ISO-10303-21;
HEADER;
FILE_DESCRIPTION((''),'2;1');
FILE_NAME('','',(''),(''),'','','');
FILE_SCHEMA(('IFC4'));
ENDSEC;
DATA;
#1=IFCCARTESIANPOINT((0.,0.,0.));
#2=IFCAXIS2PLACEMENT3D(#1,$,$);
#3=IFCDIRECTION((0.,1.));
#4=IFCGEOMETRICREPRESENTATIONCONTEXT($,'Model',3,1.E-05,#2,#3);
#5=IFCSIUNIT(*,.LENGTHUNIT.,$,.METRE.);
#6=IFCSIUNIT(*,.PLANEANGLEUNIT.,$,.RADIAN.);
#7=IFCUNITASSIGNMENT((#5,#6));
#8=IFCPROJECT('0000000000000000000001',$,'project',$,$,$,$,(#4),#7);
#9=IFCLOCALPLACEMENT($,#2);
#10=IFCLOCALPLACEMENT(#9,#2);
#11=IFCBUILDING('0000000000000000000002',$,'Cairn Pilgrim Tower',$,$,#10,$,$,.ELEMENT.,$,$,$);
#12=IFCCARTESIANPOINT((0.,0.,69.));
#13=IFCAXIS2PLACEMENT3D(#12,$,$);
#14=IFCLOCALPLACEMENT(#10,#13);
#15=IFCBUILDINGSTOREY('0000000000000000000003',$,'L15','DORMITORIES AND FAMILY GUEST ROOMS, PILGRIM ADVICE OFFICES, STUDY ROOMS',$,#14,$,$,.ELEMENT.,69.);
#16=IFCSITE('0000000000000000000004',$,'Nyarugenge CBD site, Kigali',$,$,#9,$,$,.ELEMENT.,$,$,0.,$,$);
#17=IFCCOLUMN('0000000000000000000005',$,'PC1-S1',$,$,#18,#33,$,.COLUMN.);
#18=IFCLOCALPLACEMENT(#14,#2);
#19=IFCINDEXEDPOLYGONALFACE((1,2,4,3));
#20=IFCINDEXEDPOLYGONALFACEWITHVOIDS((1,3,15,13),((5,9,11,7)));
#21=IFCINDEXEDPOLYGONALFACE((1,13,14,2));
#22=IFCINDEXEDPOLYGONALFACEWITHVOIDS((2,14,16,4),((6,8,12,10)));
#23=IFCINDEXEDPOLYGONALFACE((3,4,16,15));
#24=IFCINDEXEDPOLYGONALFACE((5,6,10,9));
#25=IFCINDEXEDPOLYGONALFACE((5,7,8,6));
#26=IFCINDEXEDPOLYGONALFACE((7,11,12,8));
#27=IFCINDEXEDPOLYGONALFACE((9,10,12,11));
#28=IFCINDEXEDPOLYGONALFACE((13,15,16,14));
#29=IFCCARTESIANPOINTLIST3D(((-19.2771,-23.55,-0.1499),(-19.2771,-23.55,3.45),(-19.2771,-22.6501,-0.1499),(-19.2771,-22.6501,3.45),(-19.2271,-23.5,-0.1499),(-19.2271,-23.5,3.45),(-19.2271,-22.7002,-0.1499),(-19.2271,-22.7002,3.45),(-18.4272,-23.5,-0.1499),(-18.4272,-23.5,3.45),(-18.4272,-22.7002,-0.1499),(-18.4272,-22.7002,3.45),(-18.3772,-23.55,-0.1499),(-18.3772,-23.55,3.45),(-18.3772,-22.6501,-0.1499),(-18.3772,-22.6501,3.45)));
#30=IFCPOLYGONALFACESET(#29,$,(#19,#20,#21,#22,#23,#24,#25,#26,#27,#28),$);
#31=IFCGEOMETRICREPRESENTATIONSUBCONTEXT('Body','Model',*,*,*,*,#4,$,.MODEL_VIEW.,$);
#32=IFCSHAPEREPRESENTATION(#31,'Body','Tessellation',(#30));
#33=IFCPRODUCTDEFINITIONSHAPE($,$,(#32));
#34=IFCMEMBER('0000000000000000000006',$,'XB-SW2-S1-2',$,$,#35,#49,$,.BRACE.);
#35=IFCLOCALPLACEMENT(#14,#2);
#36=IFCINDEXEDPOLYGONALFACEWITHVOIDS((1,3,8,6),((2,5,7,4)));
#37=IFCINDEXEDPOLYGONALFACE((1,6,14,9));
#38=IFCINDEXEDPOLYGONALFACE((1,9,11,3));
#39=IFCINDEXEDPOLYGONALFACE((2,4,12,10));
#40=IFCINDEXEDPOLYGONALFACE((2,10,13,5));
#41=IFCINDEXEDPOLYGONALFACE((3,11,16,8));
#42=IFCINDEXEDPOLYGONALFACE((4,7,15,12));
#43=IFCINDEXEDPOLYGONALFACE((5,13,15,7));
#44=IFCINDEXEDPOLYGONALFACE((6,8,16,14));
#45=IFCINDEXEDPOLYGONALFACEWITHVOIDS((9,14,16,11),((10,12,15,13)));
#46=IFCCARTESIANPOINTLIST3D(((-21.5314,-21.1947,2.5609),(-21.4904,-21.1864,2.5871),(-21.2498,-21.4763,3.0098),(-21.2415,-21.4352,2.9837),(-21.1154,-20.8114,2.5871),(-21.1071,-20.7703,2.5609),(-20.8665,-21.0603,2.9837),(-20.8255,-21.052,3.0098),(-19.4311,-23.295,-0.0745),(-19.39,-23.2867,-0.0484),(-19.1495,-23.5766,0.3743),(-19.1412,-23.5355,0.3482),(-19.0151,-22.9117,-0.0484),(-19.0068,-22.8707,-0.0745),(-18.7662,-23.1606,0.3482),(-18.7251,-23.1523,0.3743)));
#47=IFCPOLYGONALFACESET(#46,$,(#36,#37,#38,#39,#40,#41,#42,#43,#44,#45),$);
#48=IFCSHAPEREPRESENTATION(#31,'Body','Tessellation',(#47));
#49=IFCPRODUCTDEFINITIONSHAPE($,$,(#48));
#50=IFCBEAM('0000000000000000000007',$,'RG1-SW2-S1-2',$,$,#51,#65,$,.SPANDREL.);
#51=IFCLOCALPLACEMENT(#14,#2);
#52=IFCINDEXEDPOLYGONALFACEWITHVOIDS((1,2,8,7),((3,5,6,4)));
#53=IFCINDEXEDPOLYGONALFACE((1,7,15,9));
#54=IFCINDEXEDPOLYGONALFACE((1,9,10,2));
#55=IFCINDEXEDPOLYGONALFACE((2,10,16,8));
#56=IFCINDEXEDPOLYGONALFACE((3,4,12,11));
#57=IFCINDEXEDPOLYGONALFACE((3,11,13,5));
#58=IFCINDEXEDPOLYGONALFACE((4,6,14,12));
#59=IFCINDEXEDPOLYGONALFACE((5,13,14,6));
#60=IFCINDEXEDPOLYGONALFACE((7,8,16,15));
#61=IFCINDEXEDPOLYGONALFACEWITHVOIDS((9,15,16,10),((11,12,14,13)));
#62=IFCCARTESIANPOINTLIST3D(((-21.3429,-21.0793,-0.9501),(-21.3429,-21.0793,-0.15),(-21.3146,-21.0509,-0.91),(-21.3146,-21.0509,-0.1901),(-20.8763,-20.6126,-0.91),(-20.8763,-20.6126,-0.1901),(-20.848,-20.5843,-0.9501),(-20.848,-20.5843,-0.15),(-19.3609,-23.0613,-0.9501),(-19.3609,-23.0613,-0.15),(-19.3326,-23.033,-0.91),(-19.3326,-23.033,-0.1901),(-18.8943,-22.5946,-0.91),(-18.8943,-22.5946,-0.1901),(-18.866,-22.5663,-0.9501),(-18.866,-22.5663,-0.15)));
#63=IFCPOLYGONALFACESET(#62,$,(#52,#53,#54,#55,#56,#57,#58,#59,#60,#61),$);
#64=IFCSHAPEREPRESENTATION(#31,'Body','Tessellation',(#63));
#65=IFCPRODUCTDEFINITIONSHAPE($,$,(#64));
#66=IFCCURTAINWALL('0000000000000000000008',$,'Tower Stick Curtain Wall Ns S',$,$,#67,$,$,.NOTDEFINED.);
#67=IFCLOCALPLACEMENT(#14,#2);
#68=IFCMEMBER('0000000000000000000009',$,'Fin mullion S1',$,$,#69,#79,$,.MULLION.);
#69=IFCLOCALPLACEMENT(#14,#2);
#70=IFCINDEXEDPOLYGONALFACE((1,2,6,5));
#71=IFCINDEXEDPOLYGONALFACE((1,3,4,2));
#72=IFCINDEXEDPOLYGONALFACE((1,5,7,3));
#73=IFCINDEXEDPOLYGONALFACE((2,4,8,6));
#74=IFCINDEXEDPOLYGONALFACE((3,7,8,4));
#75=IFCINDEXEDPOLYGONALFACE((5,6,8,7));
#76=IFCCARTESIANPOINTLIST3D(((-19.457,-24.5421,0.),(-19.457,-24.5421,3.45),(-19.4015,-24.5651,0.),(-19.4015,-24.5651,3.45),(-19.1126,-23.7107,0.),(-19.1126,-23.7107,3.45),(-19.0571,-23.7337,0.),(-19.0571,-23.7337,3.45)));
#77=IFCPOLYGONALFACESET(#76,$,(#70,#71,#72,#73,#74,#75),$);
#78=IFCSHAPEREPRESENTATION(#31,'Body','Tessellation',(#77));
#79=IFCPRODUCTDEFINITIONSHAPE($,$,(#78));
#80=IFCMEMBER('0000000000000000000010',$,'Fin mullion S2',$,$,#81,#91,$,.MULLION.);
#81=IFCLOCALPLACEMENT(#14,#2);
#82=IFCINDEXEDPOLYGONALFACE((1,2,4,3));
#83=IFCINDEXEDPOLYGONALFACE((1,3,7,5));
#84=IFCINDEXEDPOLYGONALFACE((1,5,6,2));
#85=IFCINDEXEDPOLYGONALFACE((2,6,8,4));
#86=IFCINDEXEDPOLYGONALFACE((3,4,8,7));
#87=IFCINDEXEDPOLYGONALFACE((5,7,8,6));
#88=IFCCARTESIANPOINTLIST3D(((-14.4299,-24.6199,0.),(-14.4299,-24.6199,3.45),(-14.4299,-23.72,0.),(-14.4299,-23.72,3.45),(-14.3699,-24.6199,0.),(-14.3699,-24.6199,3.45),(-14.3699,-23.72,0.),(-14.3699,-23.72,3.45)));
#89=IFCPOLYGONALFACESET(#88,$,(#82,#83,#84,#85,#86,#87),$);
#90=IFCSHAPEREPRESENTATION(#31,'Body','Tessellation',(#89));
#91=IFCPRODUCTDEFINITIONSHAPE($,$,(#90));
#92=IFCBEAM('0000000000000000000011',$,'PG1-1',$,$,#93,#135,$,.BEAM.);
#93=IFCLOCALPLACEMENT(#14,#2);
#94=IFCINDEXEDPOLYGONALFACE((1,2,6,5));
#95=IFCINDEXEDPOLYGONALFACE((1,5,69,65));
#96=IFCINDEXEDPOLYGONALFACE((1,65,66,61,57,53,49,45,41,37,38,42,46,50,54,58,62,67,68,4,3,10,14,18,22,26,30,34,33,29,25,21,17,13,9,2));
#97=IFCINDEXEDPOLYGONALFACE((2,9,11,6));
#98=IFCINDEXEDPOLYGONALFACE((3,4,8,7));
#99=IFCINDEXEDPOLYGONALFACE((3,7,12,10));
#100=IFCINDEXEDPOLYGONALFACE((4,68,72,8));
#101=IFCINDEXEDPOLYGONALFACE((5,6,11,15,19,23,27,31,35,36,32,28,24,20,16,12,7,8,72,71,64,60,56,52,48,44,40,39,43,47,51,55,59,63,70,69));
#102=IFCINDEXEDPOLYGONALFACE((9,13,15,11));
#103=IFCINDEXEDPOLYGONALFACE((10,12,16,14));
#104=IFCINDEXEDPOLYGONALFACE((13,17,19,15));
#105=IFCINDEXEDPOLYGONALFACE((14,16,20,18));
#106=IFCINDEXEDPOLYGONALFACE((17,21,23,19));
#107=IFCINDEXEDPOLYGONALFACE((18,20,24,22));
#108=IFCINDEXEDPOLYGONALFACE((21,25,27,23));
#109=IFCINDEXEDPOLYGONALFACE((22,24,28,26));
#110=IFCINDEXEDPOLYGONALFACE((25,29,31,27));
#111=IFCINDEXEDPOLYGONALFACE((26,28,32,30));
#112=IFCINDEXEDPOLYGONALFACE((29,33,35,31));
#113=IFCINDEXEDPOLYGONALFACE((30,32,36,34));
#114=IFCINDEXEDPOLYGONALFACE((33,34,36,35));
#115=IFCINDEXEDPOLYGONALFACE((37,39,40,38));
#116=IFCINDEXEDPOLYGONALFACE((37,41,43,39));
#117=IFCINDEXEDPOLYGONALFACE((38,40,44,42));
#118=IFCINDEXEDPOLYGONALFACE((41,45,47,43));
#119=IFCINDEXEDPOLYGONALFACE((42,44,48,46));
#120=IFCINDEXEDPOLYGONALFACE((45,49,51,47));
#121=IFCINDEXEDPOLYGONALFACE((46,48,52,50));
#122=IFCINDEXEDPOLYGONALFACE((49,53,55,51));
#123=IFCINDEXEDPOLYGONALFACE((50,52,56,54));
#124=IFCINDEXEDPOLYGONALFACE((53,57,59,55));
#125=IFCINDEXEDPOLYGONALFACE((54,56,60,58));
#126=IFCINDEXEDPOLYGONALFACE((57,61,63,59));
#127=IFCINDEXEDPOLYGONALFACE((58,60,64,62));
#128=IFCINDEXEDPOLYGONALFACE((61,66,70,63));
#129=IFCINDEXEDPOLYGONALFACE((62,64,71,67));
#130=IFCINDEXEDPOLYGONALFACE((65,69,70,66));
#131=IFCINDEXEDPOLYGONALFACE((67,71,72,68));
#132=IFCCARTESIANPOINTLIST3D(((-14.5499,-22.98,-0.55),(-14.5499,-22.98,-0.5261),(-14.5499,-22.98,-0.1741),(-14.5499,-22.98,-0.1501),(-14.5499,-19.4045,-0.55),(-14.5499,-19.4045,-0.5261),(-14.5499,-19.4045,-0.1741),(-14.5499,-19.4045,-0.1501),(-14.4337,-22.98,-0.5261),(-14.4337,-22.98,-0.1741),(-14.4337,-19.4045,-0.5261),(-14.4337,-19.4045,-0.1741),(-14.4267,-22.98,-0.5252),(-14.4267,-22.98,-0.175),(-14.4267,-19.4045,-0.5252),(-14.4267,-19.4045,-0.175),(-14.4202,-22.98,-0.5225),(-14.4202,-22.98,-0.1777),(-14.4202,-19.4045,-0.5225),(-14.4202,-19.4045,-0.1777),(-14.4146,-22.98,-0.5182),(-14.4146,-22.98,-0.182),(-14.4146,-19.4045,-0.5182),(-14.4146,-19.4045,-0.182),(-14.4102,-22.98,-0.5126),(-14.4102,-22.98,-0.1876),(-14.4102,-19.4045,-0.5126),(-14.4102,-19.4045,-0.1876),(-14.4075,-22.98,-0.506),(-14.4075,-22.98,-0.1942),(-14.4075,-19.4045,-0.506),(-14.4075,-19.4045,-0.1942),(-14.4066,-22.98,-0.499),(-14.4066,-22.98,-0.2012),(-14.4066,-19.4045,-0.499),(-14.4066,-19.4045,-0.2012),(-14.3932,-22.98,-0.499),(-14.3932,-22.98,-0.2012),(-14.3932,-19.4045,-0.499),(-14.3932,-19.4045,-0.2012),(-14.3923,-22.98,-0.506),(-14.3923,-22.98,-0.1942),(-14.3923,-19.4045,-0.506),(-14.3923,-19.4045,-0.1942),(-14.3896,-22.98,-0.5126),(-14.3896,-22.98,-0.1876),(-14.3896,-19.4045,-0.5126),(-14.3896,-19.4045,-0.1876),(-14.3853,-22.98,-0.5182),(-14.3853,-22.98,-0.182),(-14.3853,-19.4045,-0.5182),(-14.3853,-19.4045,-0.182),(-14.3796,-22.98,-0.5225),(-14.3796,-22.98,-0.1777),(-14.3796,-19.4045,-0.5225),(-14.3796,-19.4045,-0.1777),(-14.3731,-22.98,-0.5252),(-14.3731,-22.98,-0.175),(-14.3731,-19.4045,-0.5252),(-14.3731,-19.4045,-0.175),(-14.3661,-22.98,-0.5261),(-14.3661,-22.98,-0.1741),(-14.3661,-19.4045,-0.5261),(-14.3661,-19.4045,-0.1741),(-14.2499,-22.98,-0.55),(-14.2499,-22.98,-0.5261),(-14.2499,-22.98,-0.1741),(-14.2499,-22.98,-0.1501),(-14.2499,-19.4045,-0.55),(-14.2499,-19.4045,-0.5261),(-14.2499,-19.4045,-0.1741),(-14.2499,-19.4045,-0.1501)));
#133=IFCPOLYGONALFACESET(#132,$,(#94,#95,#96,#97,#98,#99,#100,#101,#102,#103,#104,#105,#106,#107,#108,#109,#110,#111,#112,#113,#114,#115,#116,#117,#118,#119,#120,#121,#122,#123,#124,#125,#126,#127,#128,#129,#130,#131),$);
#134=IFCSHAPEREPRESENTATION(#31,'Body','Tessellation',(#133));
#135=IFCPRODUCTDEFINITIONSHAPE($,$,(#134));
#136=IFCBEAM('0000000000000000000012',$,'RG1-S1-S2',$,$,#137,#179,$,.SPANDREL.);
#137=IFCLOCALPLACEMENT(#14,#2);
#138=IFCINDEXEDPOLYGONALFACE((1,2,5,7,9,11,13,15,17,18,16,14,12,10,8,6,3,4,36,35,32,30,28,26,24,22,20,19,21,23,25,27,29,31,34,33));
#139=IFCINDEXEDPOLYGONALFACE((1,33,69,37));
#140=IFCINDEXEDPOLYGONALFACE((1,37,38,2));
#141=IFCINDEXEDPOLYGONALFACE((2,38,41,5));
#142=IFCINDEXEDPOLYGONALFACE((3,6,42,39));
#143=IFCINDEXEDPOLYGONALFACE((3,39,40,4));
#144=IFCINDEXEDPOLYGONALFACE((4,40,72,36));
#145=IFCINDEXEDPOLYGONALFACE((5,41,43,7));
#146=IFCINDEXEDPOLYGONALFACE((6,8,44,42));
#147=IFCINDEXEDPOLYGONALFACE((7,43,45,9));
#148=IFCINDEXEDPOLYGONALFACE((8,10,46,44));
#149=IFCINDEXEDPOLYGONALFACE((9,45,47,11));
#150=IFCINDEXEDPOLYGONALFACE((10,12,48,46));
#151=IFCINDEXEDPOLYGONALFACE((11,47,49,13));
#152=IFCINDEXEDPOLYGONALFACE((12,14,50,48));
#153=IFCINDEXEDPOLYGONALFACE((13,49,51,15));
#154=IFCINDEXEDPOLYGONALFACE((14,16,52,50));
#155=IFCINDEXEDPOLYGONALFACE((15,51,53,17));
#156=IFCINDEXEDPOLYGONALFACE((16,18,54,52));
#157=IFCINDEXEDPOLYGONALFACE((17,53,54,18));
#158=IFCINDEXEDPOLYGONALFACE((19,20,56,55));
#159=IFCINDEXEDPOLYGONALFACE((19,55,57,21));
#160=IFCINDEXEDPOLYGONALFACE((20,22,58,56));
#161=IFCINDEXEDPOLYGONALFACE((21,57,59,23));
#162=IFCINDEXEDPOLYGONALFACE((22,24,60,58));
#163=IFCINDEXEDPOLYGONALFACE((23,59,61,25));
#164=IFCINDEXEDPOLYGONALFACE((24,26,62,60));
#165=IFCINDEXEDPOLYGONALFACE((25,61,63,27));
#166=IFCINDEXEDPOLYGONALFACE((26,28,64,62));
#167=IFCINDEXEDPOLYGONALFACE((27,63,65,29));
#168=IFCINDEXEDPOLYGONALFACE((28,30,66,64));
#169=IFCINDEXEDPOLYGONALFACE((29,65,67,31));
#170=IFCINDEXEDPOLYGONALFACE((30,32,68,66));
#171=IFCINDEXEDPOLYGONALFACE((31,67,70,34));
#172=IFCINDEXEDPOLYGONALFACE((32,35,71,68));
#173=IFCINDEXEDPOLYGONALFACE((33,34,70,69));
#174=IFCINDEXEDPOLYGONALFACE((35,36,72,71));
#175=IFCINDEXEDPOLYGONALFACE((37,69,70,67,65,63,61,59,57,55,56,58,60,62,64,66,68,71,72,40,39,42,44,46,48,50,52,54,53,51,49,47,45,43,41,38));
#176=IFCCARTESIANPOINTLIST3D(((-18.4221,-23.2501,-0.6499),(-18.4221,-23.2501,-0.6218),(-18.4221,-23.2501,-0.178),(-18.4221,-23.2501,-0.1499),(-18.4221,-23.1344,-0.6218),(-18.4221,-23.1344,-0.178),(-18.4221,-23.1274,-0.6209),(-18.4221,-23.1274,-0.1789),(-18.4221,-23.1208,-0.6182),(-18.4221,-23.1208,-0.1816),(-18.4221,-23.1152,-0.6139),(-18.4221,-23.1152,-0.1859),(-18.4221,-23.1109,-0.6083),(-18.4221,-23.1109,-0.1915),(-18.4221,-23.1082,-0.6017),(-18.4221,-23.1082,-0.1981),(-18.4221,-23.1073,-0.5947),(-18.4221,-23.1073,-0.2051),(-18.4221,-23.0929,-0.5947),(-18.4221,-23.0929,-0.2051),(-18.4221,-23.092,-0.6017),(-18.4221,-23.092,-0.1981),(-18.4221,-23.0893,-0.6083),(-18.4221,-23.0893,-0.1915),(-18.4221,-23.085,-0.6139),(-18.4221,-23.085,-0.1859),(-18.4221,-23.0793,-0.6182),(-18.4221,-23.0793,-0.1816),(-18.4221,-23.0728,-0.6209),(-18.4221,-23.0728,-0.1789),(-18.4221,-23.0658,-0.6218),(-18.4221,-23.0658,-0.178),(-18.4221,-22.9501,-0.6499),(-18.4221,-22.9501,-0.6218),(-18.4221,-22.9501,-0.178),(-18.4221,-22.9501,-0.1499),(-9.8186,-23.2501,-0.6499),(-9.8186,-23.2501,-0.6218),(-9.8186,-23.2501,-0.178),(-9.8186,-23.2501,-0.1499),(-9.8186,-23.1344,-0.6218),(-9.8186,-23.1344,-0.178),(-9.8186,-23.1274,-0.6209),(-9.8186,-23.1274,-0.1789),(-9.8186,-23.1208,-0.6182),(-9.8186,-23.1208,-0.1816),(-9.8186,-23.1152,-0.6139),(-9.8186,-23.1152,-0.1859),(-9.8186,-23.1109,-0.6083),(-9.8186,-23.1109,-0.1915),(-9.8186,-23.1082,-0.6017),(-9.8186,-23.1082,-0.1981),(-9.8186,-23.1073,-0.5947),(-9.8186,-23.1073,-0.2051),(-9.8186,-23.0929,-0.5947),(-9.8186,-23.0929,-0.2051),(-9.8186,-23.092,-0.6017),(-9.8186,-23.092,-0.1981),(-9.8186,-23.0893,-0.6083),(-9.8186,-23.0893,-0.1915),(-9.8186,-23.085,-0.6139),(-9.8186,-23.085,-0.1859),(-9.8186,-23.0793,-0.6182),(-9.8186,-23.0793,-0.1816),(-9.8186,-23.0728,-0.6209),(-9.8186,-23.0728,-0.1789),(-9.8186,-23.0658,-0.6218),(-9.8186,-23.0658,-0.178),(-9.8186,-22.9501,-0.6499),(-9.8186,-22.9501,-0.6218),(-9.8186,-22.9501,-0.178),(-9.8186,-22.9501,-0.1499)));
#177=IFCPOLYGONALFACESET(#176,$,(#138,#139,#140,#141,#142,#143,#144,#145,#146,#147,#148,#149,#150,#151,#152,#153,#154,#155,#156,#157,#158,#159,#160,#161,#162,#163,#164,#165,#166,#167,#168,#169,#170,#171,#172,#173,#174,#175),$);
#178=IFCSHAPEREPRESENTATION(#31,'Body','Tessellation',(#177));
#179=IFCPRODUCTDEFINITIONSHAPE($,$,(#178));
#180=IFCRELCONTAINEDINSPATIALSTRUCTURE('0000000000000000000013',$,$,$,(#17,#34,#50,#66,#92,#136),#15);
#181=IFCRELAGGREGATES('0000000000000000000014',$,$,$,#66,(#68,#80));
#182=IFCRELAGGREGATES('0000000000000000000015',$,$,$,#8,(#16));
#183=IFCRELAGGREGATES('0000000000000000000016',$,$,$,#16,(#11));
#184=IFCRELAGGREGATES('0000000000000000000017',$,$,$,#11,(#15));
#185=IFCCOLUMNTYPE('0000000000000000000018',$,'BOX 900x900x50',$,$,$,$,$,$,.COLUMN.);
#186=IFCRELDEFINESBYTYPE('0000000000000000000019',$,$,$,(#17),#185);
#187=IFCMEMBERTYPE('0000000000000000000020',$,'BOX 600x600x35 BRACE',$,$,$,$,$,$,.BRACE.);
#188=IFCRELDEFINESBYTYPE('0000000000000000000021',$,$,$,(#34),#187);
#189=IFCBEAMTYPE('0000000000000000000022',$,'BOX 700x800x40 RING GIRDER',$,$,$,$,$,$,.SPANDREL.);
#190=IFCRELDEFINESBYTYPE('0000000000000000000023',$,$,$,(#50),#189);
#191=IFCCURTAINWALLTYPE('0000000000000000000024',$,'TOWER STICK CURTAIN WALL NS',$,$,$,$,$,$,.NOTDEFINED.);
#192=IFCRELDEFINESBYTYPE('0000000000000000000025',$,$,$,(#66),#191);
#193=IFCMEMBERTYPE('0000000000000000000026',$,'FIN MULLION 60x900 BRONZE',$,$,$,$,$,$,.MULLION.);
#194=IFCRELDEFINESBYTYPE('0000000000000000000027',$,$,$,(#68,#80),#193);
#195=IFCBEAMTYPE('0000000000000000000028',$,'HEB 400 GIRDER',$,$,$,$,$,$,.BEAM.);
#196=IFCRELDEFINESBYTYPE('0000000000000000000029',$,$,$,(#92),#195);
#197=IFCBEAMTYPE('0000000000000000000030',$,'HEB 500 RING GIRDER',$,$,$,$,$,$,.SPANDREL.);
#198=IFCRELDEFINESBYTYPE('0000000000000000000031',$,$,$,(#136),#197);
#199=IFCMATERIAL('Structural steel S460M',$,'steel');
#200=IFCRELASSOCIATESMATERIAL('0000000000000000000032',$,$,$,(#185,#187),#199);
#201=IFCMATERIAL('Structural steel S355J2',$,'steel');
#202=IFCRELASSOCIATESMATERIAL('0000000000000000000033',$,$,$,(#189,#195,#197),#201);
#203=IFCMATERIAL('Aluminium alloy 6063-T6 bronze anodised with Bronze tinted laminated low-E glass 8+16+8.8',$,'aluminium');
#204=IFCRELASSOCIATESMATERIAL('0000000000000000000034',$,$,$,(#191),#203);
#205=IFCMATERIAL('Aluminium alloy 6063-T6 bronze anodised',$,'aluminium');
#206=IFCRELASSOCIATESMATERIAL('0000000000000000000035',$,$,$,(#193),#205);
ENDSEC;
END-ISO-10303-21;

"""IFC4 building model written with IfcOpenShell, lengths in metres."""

from ifc_helpers import new_model, si_unit, direction, frame, origin, origin_2d, place, context, subcontext, project, spatial, rectangle, hollow_rectangle, i_section, extrude, material, material_profile, profile_set, type_object, element, aggregate, save


model = new_model("IFC4")

# Units and contexts
model_context = context("Model", 3, precision=1e-05, world=origin(), true_north=direction((0.0, 1.0)))
body_context = subcontext(model_context, "Body", "Model", "MODEL_VIEW")
ifc_project = project(units=[si_unit("LENGTHUNIT", "METRE"), si_unit("PLANEANGLEUNIT", "RADIAN")], contexts=[model_context])

# Site, building, storey
site_placement = place(None, origin())
site = spatial("IfcSite", under=ifc_project, at=site_placement, Name="Nyarugenge CBD site, Kigali", CompositionType="ELEMENT", RefElevation=0.0)
building_placement = place(site_placement, origin())
building = spatial("IfcBuilding", under=site, at=building_placement, Name="Cairn Pilgrim Tower", CompositionType="ELEMENT")
storey_placement = place(building_placement, frame((0.0, 0.0, 69.0)))
storey = spatial("IfcBuildingStorey", under=building, at=storey_placement, Name="L15", Description="DORMITORIES AND FAMILY GUEST ROOMS, PILGRIM ADVICE OFFICES, STUDY ROOMS", CompositionType="ELEMENT", Elevation=69.0)

# Column
ifc_material_1 = material(Name="Structural steel S460M", Category="steel")
ifc_material_profile_1 = material_profile(ifc_material_1, hollow_rectangle(XDim=0.8999, YDim=0.8999, WallThickness=0.05, at=origin_2d()), Name="BOX 900x900x50")
ifc_profile_set_1 = profile_set([ifc_material_profile_1], Name="Structural steel S460M")
column_type = type_object("IfcColumnType", Name="BOX 900x900x50", PredefinedType="COLUMN", material=ifc_profile_set_1)
column_placement = place(storey_placement, frame((-18.8271, -23.1001, -0.1499), z_axis=(0.0, 0.0, 1.0), x_axis=(1.0, 0.0, 0.0)))
element("IfcColumn", 1, at=column_placement, inside=storey, type_object=column_type, Name="PC1-S1", PredefinedType="COLUMN", context=body_context, shape_type="SweptSolid", body=[
    extrude(hollow_rectangle(XDim=0.8999, YDim=0.8999, WallThickness=0.05, at=origin_2d()), origin(), (0.0, 0.0, 1.0), 3.5999),
])

# Member
ifc_material_profile_2 = material_profile(ifc_material_1, hollow_rectangle(XDim=0.6001, YDim=0.6001, WallThickness=0.0349, at=origin_2d()), Name="BOX 600x600x35")
ifc_profile_set_2 = profile_set([ifc_material_profile_2], Name="Structural steel S460M")
member_type_1 = type_object("IfcMemberType", Name="BOX 600x600x35 BRACE", PredefinedType="BRACE", material=ifc_profile_set_2)
member_1_placement = place(storey_placement, frame((-19.0781, -23.2236, 0.1499), z_axis=(-0.528922, 0.528922, 0.663689), x_axis=(-0.707107, -0.707107, 0.0)))
element("IfcMember", 2, at=member_1_placement, inside=storey, type_object=member_type_1, Name="XB-SW2-S1-2", PredefinedType="BRACE", context=body_context, shape_type="SweptSolid", body=[
    extrude(hollow_rectangle(XDim=0.6001, YDim=0.6001, WallThickness=0.0349, at=origin_2d()), origin(), (0.0, 0.0, 1.0), 3.9709),
])

# Beam
ifc_material_2 = material(Name="Structural steel S355J2", Category="steel")
ifc_material_profile_3 = material_profile(ifc_material_2, hollow_rectangle(XDim=0.7, YDim=0.8, WallThickness=0.04, at=origin_2d()), Name="BOX 700x800x40")
ifc_profile_set_3 = profile_set([ifc_material_profile_3], Name="Structural steel S355J2")
beam_type_1 = type_object("IfcBeamType", Name="BOX 700x800x40 RING GIRDER", PredefinedType="SPANDREL", material=ifc_profile_set_3)
beam_1_placement = place(storey_placement, frame((-21.0955, -20.8318, -0.55), z_axis=(0.707107, -0.707107, 0.0), x_axis=(0.707107, 0.707107, 0.0)))
element("IfcBeam", 3, at=beam_1_placement, inside=storey, type_object=beam_type_1, Name="RG1-SW2-S1-2", PredefinedType="SPANDREL", context=body_context, shape_type="SweptSolid", body=[
    extrude(hollow_rectangle(XDim=0.7, YDim=0.8, WallThickness=0.04, at=origin_2d()), origin(), (0.0, 0.0, 1.0), 2.803),
])

# Curtain wall, members
ifc_material_3 = material(Name="Aluminium alloy 6063-T6 bronze anodised with Bronze tinted laminated low-E glass 8+16+8.8", Category="aluminium")
curtain_wall_type_1 = type_object("IfcCurtainWallType", Name="TOWER STICK CURTAIN WALL NS", PredefinedType="NOTDEFINED", material=ifc_material_3)
curtain_wall_1_placement = place(storey_placement, origin())
curtain_wall_1 = element("IfcCurtainWall", 4, at=curtain_wall_1_placement, inside=storey, type_object=curtain_wall_type_1, Name="Tower Stick Curtain Wall Ns S", PredefinedType="NOTDEFINED")
ifc_material_4 = material(Name="Aluminium alloy 6063-T6 bronze anodised", Category="aluminium")
ifc_material_profile_4 = material_profile(ifc_material_4, rectangle(XDim=0.8999, YDim=0.0601, at=origin_2d()), Name="FIN MULLION 60x900 BRONZE")
ifc_profile_set_4 = profile_set([ifc_material_profile_4], Name="Aluminium alloy 6063-T6 bronze anodised")
member_type_2 = type_object("IfcMemberType", Name="FIN MULLION 60x900 BRONZE", PredefinedType="MULLION", material=ifc_profile_set_4)
member_2_placement = place(storey_placement, frame((-19.2571, -24.1379, 0.0), z_axis=(0.0, 0.0, 1.0), x_axis=(-0.382683, -0.92388, 0.0)))
member_2 = element("IfcMember", 5, at=member_2_placement, type_object=member_type_2, Name="Fin mullion S1", PredefinedType="MULLION", context=body_context, shape_type="SweptSolid", body=[
    extrude(rectangle(XDim=0.8999, YDim=0.0601, at=origin_2d()), origin(), (0.0, 0.0, 1.0), 3.45),
])
member_3_placement = place(storey_placement, frame((-14.3999, -24.1699, 0.0), z_axis=(0.0, 0.0, 1.0), x_axis=(0.0, -1.0, 0.0)))
member_3 = element("IfcMember", 6, at=member_3_placement, type_object=member_type_2, Name="Fin mullion S2", PredefinedType="MULLION", context=body_context, shape_type="SweptSolid", body=[
    extrude(rectangle(XDim=0.8999, YDim=0.0601, at=origin_2d()), origin(), (0.0, 0.0, 1.0), 3.45),
])

# Beams
ifc_material_profile_5 = material_profile(ifc_material_2, i_section(OverallWidth=0.3, OverallDepth=0.3999, WebThickness=0.0134, FlangeThickness=0.0239, FilletRadius=0.0271, at=origin_2d()), Name="HEB 400")
ifc_profile_set_5 = profile_set([ifc_material_profile_5], Name="Structural steel S355J2")
beam_type_2 = type_object("IfcBeamType", Name="HEB 400 GIRDER", PredefinedType="BEAM", material=ifc_profile_set_5)
beam_2_placement = place(storey_placement, frame((-14.3999, -22.98, -0.3501), z_axis=(0.0, 1.0, 0.0), x_axis=(-1.0, 0.0, 0.0)))
element("IfcBeam", 7, at=beam_2_placement, inside=storey, type_object=beam_type_2, Name="PG1-1", PredefinedType="BEAM", context=body_context, shape_type="SweptSolid", body=[
    extrude(i_section(OverallWidth=0.3, OverallDepth=0.3999, WebThickness=0.0134, FlangeThickness=0.0239, FilletRadius=0.0271, at=origin_2d()), origin(), (0.0, 0.0, 1.0), 3.5754),
])
ifc_material_profile_6 = material_profile(ifc_material_2, i_section(OverallWidth=0.3, OverallDepth=0.5, WebThickness=0.0144, FlangeThickness=0.0281, FilletRadius=0.0271, at=origin_2d()), Name="HEB 500")
ifc_profile_set_6 = profile_set([ifc_material_profile_6], Name="Structural steel S355J2")
beam_type_3 = type_object("IfcBeamType", Name="HEB 500 RING GIRDER", PredefinedType="SPANDREL", material=ifc_profile_set_6)
beam_3_placement = place(storey_placement, frame((-18.4221, -23.1001, -0.3999), z_axis=(1.0, 0.0, 0.0), x_axis=(0.0, 1.0, 0.0)))
element("IfcBeam", 8, at=beam_3_placement, inside=storey, type_object=beam_type_3, Name="RG1-S1-S2", PredefinedType="SPANDREL", context=body_context, shape_type="SweptSolid", body=[
    extrude(i_section(OverallWidth=0.3, OverallDepth=0.5, WebThickness=0.0144, FlangeThickness=0.0281, FilletRadius=0.0271, at=origin_2d()), origin(), (0.0, 0.0, 1.0), 8.6035),
])

aggregate(curtain_wall_1, [member_2, member_3])

save(model, "model.ifc")
